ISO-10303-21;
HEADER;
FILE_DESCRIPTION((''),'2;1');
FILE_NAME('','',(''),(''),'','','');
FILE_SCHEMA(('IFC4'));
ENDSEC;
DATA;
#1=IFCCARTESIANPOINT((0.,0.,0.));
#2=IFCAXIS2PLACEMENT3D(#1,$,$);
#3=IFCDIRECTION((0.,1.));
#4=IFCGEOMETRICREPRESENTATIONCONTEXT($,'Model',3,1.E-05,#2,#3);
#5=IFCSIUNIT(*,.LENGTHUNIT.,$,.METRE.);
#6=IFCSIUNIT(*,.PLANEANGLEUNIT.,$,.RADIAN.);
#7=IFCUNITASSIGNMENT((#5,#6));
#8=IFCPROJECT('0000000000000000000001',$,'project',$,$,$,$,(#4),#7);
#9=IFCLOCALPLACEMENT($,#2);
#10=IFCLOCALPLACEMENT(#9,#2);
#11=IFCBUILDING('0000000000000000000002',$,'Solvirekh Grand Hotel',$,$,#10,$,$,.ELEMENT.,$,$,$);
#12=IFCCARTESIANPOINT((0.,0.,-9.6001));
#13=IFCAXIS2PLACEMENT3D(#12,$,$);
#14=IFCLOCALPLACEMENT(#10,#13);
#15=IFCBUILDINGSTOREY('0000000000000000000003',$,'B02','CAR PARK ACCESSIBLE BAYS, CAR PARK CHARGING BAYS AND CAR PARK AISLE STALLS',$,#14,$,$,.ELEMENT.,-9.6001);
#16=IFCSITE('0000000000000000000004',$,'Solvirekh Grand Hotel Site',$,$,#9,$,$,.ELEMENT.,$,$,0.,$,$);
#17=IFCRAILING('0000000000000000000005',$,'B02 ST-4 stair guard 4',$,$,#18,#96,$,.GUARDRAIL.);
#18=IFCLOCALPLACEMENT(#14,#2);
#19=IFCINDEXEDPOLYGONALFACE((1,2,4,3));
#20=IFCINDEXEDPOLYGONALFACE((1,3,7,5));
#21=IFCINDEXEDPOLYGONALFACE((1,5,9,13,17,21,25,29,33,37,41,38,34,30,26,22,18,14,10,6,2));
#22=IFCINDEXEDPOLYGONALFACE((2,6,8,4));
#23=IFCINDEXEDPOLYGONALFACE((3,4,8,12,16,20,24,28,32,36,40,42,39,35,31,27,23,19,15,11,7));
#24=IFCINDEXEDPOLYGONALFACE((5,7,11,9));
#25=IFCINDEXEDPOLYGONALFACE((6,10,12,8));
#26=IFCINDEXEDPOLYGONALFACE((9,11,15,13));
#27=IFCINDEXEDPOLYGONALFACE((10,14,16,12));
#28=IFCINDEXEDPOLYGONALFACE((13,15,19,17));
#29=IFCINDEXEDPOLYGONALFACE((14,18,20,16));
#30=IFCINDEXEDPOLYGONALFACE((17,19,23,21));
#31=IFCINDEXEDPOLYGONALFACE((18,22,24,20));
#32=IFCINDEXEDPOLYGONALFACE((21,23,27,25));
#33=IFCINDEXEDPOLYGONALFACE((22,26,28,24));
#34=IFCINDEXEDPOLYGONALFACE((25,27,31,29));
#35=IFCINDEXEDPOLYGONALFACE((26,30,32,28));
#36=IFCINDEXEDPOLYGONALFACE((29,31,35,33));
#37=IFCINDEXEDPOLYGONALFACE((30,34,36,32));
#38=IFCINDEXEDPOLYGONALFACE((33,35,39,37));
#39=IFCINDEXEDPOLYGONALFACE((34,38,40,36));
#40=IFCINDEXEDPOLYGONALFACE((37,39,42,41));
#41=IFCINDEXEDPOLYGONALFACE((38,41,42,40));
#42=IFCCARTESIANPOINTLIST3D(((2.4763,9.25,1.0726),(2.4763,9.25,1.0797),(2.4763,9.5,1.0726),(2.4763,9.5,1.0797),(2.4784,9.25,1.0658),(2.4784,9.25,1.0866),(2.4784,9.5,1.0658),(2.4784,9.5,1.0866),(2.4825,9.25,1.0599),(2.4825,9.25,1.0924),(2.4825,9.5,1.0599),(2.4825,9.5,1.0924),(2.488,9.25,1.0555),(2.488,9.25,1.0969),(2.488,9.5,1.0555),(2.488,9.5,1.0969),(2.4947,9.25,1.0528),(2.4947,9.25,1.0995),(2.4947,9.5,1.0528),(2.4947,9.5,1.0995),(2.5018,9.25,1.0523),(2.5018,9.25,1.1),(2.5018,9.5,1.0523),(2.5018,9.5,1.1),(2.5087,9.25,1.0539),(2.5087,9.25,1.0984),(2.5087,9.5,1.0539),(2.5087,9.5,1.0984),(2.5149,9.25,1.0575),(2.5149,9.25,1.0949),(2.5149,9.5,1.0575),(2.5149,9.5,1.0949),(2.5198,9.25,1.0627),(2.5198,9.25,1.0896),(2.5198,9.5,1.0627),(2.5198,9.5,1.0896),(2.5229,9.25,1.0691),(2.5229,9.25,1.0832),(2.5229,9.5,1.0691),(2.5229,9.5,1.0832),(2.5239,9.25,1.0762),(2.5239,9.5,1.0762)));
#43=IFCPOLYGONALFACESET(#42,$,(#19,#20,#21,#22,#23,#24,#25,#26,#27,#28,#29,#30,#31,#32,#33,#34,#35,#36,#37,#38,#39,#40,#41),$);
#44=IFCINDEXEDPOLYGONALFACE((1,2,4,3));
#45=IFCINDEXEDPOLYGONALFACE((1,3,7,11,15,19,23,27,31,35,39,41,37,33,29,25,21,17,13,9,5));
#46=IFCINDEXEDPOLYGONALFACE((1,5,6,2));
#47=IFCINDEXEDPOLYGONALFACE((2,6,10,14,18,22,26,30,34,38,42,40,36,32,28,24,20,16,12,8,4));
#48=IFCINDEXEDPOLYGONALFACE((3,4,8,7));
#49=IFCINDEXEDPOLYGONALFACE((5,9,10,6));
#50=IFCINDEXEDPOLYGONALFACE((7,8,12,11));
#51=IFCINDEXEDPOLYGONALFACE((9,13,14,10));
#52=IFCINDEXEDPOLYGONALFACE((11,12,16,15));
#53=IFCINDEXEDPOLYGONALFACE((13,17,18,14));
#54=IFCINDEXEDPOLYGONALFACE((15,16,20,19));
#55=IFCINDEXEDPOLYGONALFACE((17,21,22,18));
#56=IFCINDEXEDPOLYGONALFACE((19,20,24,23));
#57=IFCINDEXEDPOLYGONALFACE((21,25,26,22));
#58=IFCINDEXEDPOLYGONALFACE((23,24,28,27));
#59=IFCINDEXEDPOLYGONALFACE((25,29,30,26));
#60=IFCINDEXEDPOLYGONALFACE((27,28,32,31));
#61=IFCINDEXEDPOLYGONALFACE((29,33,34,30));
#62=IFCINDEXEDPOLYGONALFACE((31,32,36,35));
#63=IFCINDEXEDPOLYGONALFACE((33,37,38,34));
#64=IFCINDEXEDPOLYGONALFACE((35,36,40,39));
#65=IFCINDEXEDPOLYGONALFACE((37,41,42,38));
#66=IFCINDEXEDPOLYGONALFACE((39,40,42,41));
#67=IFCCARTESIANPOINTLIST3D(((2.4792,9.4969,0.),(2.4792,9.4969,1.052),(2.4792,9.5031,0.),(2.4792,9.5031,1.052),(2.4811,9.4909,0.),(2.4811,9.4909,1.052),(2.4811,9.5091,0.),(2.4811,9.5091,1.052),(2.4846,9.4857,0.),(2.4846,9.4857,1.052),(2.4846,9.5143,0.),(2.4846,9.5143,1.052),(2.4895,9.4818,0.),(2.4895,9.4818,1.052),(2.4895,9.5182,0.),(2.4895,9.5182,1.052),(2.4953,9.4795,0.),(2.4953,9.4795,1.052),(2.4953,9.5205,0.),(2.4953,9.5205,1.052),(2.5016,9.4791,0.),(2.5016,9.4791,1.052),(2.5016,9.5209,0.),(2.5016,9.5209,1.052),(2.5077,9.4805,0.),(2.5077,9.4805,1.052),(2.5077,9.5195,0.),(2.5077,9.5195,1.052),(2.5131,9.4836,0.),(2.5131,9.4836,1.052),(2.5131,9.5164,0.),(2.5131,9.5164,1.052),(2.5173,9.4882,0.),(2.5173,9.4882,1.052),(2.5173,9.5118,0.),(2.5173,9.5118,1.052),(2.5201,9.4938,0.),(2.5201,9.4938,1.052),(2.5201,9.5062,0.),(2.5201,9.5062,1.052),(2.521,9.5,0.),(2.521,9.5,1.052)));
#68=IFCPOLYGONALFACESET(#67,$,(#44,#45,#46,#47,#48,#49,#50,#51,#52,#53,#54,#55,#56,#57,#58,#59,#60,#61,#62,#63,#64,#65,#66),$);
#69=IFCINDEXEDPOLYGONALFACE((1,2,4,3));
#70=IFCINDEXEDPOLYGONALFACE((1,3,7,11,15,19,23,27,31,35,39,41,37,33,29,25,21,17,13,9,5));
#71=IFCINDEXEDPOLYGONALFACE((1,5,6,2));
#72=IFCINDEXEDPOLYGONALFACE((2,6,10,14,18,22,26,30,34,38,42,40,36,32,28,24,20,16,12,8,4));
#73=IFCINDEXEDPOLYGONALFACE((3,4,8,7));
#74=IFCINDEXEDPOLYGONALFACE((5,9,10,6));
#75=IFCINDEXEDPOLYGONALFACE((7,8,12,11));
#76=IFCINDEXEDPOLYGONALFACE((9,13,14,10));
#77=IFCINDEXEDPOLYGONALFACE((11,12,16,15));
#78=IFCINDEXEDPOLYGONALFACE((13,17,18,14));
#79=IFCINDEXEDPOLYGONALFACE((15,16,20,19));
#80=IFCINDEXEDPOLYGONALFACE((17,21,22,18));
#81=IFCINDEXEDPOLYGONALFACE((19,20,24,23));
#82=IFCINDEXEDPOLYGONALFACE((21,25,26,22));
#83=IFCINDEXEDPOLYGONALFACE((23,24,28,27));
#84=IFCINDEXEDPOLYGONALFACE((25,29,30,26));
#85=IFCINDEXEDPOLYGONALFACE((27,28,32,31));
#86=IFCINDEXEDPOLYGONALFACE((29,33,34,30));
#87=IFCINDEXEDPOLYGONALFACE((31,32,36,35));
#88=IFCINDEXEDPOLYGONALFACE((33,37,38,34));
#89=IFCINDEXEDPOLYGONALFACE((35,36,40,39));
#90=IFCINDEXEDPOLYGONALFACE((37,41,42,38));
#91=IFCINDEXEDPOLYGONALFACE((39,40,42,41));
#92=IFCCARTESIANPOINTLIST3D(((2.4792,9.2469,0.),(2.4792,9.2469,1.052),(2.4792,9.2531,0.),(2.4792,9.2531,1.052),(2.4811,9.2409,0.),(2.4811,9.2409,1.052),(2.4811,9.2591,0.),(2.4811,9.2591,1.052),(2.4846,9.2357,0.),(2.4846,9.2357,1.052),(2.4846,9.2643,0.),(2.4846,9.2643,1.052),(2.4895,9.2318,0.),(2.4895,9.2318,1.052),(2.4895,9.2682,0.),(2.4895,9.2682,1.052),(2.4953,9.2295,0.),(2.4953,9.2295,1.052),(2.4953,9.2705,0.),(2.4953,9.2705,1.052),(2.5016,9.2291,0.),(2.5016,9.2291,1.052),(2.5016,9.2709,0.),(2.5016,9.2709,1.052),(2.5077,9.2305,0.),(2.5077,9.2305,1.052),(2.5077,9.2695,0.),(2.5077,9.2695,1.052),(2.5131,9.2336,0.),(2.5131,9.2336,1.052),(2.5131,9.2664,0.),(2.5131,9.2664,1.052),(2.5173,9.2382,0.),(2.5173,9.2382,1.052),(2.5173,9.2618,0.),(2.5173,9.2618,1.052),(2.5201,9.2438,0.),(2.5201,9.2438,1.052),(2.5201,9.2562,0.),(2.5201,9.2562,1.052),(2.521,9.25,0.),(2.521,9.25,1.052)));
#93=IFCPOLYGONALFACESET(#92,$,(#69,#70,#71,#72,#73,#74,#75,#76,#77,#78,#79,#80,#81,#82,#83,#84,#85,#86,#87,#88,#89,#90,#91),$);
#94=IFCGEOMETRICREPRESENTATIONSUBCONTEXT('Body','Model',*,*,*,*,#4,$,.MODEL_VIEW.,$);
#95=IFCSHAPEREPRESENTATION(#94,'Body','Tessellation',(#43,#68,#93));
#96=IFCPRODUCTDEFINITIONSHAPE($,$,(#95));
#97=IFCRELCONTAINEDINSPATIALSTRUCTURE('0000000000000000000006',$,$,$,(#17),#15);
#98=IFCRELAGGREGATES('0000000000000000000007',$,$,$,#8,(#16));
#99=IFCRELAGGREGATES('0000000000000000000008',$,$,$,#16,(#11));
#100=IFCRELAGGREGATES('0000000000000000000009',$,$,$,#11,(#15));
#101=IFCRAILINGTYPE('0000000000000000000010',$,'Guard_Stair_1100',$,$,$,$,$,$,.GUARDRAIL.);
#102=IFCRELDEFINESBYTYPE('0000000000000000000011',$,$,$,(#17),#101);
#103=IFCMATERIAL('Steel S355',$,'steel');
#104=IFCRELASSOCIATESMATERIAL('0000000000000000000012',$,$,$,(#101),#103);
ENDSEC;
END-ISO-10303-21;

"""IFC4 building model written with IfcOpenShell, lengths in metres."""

from ifc_helpers import new_model, si_unit, direction, frame, origin, origin_2d, place, context, subcontext, project, spatial, circle, extrude, material, type_object, element, save


model = new_model("IFC4")

# Units and contexts
model_context = context("Model", 3, precision=1e-05, world=origin(), true_north=direction((0.0, 1.0)))
body_context = subcontext(model_context, "Body", "Model", "MODEL_VIEW")
ifc_project = project(units=[si_unit("LENGTHUNIT", "METRE"), si_unit("PLANEANGLEUNIT", "RADIAN")], contexts=[model_context])

# Site, building, storey
site_placement = place(None, origin())
site = spatial("IfcSite", under=ifc_project, at=site_placement, Name="Solvirekh Grand Hotel Site", CompositionType="ELEMENT", RefElevation=0.0)
building_placement = place(site_placement, origin())
building = spatial("IfcBuilding", under=site, at=building_placement, Name="Solvirekh Grand Hotel", CompositionType="ELEMENT")
storey_placement = place(building_placement, frame((0.0, 0.0, -9.6001)))
storey = spatial("IfcBuildingStorey", under=building, at=storey_placement, Name="B02", Description="CAR PARK ACCESSIBLE BAYS, CAR PARK CHARGING BAYS AND CAR PARK AISLE STALLS", CompositionType="ELEMENT", Elevation=-9.6001)

# Shared definitions
ifc_material_1 = material(Name="Steel S355", Category="steel")

# Railing
railing_type_1 = type_object("IfcRailingType", Name="Guard_Stair_1100", PredefinedType="GUARDRAIL", material=ifc_material_1)
railing_1_placement = place(storey_placement, frame((2.5, 9.5, 0.0)))
element("IfcRailing", 1, at=railing_1_placement, inside=storey, type_object=railing_type_1, Name="B02 ST-4 stair guard 4", PredefinedType="GUARDRAIL", context=body_context, shape_type="SweptSolid", body=[
    extrude(circle(Radius=0.0239, at=origin_2d()), frame((0.0, 0.0, 1.0762), z_axis=(0.0, -1.0, 0.0), x_axis=(1.0, 0.0, 0.0)), (0.0, 0.0, 1.0), 0.25),
    extrude(circle(Radius=0.021, at=origin_2d()), origin(), (0.0, 0.0, 1.0), 1.052),
    extrude(circle(Radius=0.021, at=origin_2d()), frame((0.0, -0.25, 0.0)), (0.0, 0.0, 1.0), 1.052),
])

save(model, "model.ifc")
